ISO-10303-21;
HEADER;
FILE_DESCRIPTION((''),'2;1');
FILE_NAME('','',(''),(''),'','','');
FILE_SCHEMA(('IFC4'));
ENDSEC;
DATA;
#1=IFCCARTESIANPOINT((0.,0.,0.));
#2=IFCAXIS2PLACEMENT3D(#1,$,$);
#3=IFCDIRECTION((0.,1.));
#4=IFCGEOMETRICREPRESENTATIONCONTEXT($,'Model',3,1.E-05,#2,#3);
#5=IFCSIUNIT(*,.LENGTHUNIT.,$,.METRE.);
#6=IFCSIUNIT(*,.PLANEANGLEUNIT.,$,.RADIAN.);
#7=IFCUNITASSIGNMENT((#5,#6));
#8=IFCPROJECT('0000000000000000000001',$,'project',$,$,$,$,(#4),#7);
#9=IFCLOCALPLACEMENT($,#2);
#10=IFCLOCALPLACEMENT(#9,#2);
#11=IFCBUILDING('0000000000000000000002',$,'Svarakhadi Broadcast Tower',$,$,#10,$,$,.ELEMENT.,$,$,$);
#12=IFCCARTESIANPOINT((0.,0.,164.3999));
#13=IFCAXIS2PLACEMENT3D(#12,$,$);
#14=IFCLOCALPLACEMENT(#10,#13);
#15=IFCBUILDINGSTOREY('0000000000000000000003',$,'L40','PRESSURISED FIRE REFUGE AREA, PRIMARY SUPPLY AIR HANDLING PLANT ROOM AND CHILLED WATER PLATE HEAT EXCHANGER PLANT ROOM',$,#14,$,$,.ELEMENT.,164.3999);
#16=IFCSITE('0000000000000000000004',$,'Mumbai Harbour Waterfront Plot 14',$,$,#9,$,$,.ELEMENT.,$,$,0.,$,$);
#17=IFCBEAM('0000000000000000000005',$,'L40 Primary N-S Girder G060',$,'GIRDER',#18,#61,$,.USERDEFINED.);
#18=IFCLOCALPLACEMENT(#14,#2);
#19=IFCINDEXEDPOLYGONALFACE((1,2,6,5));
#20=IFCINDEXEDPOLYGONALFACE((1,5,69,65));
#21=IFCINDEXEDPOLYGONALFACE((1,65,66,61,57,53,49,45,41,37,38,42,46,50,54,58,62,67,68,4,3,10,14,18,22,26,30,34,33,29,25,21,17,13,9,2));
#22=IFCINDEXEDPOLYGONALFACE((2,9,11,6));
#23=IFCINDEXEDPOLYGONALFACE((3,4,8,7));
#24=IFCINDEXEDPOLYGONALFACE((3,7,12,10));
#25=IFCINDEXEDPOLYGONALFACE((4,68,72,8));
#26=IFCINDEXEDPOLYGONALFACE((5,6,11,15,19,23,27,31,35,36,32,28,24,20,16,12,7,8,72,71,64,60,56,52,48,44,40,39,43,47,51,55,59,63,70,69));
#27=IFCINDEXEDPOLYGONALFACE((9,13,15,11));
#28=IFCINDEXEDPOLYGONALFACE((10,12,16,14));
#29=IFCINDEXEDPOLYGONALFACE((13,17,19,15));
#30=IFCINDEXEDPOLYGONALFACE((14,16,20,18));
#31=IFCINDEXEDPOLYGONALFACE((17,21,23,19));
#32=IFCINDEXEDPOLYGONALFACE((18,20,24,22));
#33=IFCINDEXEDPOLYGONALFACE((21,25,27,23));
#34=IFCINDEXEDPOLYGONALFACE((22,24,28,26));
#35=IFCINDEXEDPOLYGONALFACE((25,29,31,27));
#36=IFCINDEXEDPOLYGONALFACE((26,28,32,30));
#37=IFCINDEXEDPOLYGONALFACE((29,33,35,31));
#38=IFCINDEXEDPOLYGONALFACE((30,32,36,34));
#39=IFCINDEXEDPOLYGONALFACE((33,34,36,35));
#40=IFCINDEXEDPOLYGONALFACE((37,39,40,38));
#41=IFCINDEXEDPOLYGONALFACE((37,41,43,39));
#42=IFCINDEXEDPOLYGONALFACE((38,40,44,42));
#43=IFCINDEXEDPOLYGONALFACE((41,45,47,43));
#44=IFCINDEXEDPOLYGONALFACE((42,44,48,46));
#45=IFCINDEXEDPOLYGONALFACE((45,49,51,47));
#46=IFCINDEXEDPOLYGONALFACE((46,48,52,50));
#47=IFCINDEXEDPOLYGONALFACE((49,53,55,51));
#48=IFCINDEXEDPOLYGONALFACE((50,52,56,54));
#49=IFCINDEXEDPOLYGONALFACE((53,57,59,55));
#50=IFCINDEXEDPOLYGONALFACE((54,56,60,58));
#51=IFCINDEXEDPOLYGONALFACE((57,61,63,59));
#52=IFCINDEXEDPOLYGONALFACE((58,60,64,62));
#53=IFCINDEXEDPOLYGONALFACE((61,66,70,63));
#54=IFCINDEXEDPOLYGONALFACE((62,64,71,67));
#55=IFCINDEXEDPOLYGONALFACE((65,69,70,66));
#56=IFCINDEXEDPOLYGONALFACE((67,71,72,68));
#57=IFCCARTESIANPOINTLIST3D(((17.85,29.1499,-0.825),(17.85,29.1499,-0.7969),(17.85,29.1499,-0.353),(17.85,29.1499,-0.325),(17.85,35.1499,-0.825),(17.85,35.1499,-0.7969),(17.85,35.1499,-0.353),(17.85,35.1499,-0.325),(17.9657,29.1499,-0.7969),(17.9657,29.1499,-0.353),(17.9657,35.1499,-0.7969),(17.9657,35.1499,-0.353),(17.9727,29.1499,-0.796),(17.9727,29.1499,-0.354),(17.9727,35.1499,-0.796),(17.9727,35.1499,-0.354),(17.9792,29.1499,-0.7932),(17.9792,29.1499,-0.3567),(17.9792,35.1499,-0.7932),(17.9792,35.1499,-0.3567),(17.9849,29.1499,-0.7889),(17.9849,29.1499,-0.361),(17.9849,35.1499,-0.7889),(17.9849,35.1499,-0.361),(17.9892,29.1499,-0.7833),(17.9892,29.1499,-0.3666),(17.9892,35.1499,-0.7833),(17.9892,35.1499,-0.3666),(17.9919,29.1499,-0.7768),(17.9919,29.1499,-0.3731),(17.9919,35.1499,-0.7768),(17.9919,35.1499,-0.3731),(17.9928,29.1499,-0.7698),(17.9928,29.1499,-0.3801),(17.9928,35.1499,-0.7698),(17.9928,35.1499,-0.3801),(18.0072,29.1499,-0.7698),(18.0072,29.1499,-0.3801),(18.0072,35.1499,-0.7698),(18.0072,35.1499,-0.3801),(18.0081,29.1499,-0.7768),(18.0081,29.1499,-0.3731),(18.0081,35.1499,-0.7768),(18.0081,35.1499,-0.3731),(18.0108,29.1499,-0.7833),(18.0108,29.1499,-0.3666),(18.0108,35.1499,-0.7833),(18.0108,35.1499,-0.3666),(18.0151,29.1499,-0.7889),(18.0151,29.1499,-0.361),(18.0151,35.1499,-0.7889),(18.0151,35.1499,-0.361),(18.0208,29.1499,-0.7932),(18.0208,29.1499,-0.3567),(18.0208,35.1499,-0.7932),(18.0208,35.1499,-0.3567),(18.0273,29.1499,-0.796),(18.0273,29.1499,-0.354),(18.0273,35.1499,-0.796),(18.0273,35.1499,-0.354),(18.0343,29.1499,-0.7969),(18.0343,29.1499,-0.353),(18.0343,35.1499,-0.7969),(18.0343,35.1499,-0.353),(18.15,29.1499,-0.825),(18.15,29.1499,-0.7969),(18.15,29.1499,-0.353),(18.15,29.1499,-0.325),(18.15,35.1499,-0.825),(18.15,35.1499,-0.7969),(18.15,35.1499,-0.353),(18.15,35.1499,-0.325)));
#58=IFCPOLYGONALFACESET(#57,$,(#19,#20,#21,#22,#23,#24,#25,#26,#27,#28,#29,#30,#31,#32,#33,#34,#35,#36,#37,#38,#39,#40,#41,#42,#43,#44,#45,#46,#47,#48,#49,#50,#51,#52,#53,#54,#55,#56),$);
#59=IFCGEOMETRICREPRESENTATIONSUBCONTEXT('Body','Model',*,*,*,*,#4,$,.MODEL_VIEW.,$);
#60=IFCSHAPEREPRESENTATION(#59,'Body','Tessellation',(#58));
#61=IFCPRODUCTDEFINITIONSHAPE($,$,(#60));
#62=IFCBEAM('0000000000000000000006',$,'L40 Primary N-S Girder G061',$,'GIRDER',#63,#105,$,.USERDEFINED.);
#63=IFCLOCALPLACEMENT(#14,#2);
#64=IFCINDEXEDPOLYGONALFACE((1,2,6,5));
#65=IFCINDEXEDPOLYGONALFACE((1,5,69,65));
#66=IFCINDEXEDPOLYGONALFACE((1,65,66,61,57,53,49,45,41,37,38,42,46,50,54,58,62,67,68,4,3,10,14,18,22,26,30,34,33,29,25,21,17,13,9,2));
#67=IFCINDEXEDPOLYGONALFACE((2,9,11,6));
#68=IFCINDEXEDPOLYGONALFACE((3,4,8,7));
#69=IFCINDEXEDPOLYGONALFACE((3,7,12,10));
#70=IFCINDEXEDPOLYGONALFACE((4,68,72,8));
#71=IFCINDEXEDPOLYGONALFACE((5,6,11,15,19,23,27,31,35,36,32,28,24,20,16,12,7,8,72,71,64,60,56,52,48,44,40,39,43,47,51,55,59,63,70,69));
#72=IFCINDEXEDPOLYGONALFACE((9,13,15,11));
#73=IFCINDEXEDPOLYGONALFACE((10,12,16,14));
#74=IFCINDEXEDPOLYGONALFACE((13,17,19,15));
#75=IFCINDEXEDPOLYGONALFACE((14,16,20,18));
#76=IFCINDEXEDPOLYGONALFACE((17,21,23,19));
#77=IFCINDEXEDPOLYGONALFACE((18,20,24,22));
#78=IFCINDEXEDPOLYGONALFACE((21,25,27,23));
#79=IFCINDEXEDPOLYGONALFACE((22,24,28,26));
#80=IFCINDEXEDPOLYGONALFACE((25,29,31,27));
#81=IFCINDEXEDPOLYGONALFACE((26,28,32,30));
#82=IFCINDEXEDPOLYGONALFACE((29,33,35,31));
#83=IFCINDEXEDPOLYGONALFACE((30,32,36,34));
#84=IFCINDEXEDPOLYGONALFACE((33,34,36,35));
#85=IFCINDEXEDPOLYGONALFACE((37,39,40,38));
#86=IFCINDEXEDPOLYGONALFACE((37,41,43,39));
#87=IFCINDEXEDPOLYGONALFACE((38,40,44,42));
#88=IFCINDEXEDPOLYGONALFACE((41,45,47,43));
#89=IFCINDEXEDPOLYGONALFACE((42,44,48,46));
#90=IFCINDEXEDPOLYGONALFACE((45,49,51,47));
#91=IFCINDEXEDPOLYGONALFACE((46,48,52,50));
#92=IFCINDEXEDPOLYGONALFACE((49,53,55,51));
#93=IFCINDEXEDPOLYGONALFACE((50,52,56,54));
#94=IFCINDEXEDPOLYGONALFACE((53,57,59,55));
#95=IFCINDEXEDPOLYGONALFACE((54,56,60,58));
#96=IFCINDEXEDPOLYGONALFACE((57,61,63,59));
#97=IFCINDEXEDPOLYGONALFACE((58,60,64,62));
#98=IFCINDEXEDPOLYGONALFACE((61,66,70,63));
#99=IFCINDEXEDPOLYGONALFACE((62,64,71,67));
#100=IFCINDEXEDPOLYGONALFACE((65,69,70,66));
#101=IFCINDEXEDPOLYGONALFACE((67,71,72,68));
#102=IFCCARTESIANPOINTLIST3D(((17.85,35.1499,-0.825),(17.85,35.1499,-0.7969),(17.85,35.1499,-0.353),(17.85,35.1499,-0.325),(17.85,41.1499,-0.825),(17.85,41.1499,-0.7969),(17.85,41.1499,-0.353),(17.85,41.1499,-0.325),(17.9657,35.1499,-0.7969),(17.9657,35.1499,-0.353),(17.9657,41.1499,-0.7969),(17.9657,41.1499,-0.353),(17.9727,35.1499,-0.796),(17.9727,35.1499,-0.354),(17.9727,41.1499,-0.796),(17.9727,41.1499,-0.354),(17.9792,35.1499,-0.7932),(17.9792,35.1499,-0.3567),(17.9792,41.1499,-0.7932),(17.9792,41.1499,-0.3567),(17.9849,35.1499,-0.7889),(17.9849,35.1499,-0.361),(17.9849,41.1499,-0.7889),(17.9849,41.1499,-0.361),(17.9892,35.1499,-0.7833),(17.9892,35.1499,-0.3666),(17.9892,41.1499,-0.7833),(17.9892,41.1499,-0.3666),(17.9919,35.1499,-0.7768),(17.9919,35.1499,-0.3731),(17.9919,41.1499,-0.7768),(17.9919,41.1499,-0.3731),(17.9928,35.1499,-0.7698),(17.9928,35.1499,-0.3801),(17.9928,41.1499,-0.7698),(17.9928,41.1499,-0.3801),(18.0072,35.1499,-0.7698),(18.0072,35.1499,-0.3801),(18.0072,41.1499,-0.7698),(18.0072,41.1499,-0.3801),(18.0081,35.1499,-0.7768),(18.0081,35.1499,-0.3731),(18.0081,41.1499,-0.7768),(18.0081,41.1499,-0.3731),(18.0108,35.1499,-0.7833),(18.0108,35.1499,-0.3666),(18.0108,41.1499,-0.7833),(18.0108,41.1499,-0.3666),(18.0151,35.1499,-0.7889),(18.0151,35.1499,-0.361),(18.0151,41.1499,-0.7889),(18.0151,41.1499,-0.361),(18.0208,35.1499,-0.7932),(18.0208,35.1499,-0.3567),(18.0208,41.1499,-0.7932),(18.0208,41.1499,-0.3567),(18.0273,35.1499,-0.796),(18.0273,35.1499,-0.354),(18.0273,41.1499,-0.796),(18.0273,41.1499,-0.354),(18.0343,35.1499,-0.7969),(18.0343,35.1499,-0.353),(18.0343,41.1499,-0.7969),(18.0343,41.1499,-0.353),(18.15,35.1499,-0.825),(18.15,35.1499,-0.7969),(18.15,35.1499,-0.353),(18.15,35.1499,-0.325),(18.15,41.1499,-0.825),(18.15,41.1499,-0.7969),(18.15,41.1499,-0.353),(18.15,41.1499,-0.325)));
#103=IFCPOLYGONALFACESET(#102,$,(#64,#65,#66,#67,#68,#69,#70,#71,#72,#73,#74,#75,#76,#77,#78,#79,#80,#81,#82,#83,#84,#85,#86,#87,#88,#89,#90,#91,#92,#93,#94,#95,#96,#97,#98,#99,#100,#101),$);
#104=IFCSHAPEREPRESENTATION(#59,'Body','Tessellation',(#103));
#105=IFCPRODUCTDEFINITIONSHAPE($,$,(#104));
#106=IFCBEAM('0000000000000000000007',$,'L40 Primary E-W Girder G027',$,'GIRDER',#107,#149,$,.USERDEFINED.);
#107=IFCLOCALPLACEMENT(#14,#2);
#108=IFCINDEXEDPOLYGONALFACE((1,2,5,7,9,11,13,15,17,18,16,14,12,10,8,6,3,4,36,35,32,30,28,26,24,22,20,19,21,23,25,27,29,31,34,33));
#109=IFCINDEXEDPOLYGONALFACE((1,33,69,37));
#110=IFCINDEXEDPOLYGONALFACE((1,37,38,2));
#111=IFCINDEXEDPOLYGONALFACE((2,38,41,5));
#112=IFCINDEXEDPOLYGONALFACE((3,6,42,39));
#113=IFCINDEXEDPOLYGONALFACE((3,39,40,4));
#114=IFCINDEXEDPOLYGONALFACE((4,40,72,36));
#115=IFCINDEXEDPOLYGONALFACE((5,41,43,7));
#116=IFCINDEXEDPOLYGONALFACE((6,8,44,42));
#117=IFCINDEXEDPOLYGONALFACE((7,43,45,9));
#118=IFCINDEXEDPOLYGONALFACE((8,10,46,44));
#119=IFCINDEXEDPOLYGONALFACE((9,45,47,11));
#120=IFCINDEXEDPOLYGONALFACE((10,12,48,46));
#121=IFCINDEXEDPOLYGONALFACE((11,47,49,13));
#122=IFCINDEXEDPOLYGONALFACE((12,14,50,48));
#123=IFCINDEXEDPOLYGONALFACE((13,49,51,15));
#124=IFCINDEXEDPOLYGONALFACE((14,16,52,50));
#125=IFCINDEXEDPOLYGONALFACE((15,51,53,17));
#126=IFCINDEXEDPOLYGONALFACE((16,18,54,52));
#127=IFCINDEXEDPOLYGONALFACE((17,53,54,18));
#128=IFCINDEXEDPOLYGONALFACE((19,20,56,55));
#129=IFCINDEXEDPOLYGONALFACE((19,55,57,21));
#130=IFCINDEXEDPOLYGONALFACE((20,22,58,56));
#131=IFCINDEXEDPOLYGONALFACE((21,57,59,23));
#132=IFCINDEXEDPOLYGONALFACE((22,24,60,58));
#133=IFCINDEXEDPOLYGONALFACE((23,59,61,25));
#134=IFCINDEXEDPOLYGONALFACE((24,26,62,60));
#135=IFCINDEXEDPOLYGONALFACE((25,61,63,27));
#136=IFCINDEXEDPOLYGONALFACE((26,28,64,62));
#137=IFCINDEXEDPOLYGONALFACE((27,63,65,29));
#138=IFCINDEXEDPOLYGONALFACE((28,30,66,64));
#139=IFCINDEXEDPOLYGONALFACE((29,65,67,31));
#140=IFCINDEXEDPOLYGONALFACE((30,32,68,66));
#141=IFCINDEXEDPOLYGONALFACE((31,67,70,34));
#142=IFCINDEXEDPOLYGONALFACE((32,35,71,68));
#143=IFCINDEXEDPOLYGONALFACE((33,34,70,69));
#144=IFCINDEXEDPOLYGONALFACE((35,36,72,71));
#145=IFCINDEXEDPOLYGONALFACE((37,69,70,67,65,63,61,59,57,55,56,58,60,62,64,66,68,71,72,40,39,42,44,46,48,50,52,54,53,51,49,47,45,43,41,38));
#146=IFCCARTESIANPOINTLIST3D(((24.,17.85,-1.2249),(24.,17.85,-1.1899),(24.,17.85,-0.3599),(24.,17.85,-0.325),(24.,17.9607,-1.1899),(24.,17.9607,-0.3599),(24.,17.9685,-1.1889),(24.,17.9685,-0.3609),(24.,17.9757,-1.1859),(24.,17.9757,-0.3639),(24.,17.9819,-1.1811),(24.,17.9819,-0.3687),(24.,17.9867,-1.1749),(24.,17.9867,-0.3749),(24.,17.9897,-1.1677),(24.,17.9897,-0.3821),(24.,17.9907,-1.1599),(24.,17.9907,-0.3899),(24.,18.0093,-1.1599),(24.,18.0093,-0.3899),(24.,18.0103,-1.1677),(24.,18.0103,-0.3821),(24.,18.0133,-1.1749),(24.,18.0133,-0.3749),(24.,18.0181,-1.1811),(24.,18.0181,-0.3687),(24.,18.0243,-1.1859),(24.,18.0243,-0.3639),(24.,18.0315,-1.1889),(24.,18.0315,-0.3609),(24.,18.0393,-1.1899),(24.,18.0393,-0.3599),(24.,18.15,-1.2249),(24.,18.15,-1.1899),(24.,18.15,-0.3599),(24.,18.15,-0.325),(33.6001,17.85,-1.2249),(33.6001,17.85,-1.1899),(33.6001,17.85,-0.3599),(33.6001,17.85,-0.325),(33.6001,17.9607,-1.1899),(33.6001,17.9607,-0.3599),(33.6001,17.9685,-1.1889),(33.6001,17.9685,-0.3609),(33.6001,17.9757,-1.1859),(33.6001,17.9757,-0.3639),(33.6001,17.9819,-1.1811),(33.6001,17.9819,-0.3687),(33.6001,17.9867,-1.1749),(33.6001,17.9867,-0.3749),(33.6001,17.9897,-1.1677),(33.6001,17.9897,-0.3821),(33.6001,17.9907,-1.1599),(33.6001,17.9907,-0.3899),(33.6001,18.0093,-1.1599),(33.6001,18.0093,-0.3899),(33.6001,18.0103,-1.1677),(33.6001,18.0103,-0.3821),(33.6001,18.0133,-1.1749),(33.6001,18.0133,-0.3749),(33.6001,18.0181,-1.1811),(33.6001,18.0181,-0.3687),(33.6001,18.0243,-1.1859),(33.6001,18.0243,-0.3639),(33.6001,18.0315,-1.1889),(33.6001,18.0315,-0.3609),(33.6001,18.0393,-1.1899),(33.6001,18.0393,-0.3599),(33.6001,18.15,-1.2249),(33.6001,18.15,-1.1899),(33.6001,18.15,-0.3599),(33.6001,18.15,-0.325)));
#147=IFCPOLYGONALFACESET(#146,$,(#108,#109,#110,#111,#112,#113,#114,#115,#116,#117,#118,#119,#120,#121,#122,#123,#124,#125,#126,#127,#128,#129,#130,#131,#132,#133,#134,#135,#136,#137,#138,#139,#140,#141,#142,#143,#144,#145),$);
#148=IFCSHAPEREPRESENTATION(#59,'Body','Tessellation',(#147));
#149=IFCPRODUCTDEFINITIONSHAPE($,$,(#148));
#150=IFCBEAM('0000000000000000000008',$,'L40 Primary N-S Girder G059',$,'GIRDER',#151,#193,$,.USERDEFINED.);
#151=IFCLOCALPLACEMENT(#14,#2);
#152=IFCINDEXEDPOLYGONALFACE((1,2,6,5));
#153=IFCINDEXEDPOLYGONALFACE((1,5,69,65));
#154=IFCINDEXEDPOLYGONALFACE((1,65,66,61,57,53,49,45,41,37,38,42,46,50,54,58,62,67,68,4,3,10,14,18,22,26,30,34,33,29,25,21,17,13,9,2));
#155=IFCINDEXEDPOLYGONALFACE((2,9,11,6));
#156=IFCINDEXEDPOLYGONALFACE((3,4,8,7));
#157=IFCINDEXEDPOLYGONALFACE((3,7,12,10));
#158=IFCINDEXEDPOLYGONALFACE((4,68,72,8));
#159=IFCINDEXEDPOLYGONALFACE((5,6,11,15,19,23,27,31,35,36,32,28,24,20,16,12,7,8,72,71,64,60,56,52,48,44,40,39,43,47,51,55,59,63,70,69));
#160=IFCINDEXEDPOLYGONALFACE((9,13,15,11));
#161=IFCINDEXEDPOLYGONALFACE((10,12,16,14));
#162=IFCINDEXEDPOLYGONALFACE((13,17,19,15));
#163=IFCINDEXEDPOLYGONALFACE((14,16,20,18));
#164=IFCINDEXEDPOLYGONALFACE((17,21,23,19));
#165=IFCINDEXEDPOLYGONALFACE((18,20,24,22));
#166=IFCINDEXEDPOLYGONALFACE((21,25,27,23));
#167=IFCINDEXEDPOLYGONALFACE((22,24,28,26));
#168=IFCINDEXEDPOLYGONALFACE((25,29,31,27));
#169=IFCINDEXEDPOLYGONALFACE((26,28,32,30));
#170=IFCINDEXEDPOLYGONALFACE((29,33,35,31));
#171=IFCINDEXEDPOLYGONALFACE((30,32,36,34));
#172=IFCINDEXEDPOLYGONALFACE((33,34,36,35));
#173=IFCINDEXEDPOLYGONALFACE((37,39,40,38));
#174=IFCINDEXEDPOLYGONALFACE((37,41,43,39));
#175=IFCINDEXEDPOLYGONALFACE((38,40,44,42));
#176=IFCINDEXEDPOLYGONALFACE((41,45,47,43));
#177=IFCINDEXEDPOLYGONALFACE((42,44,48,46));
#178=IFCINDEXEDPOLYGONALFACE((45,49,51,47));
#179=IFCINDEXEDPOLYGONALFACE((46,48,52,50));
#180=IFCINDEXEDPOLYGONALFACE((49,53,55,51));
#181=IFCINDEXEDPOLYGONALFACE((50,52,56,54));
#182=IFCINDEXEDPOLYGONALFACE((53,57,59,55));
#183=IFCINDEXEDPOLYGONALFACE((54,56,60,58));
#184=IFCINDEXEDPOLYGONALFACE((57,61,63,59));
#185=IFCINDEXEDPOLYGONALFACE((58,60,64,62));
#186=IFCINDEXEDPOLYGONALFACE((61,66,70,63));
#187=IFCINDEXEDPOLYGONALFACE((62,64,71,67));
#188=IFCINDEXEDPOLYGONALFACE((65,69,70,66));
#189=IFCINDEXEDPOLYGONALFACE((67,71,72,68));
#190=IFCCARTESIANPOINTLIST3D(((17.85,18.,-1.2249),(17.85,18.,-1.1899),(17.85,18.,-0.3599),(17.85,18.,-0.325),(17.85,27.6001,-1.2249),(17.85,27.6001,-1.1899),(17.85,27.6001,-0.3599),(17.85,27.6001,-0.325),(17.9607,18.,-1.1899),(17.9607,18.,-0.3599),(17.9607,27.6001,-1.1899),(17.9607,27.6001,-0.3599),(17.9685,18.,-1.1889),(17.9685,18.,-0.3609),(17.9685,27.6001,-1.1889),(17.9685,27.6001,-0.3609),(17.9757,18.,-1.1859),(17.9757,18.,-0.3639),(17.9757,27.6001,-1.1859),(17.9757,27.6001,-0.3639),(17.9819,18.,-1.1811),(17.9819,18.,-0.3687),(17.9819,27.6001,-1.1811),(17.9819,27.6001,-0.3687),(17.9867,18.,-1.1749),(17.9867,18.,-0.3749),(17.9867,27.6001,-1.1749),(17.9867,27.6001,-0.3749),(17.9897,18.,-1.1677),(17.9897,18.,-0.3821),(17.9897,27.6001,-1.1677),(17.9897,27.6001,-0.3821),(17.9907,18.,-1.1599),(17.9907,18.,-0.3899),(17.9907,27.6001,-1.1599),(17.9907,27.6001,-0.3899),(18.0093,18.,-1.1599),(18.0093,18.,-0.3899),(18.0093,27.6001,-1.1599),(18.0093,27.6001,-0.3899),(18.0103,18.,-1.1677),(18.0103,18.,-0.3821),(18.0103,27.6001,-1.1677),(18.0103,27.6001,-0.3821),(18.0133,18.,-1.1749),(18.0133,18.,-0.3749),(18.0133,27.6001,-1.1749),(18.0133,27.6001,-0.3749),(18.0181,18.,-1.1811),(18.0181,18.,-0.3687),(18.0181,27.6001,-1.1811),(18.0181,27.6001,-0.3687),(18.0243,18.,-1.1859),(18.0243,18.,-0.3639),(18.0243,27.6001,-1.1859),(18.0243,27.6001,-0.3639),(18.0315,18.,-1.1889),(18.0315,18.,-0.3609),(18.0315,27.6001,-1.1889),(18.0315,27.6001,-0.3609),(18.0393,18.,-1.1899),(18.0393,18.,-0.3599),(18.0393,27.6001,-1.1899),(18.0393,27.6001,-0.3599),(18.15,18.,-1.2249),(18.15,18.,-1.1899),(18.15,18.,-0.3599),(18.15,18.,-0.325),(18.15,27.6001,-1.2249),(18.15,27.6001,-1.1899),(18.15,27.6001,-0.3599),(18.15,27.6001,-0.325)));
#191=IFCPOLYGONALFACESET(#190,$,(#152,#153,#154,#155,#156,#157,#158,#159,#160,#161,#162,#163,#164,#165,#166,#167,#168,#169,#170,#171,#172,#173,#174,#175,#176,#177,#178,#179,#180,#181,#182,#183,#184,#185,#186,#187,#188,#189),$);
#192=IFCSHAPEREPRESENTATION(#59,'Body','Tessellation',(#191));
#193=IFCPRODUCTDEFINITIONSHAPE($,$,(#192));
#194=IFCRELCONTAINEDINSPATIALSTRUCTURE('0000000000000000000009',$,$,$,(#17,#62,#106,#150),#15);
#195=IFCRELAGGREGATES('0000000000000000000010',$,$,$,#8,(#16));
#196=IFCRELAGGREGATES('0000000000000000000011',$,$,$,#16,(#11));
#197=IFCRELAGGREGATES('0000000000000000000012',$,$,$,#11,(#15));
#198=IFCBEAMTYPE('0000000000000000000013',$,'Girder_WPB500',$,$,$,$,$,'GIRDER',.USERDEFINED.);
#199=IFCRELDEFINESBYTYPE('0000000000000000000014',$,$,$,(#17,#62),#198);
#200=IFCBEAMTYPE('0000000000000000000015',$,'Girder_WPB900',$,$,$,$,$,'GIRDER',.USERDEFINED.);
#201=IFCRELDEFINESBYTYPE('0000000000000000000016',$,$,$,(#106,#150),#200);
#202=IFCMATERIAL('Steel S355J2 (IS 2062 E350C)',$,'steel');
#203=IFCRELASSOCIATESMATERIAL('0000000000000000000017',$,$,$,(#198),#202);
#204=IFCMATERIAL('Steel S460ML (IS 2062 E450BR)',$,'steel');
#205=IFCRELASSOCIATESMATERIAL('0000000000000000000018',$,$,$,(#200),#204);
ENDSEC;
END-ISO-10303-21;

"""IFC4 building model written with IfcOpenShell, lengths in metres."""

from ifc_helpers import new_model, si_unit, direction, frame, origin, origin_2d, place, context, subcontext, project, spatial, i_section, extrude, material, material_profile, profile_set, type_object, element, save


model = new_model("IFC4")

# Units and contexts
model_context = context("Model", 3, precision=1e-05, world=origin(), true_north=direction((0.0, 1.0)))
body_context = subcontext(model_context, "Body", "Model", "MODEL_VIEW")
ifc_project = project(units=[si_unit("LENGTHUNIT", "METRE"), si_unit("PLANEANGLEUNIT", "RADIAN")], contexts=[model_context])

# Site, building, storey
site_placement = place(None, origin())
site = spatial("IfcSite", under=ifc_project, at=site_placement, Name="Mumbai Harbour Waterfront Plot 14", CompositionType="ELEMENT", RefElevation=0.0)
building_placement = place(site_placement, origin())
building = spatial("IfcBuilding", under=site, at=building_placement, Name="Svarakhadi Broadcast Tower", CompositionType="ELEMENT")
storey_placement = place(building_placement, frame((0.0, 0.0, 164.3999)))
storey = spatial("IfcBuildingStorey", under=building, at=storey_placement, Name="L40", Description="PRESSURISED FIRE REFUGE AREA, PRIMARY SUPPLY AIR HANDLING PLANT ROOM AND CHILLED WATER PLATE HEAT EXCHANGER PLANT ROOM", CompositionType="ELEMENT", Elevation=164.3999)

# Shared definitions
ifc_material_1 = material(Name="Steel S460ML (IS 2062 E450BR)", Category="steel")

# Beams
ifc_material_2 = material(Name="Steel S355J2 (IS 2062 E350C)", Category="steel")
ifc_material_profile_1 = material_profile(ifc_material_2, i_section(OverallWidth=0.3, OverallDepth=0.5, WebThickness=0.0144, FlangeThickness=0.0281, FilletRadius=0.0271, at=origin_2d()), Name="WPB 500x300x187")
ifc_profile_set_1 = profile_set([ifc_material_profile_1], Name="Steel S355J2 (IS 2062 E350C)")
beam_type_1 = type_object("IfcBeamType", Name="Girder_WPB500", ElementType="GIRDER", PredefinedType="USERDEFINED", material=ifc_profile_set_1)
for number, where, z_axis, x_axis, name in (
    (1, (18.0, 29.1499, -0.575), (0.0, 1.0, 0.0), (-1.0, 0.0, 0.0), "L40 Primary N-S Girder G060"),
    (2, (18.0, 35.1499, -0.575), (0.0, 1.0, 0.0), (-1.0, 0.0, 0.0), "L40 Primary N-S Girder G061"),
):
    element("IfcBeam", number, at=place(storey_placement, frame(where, z_axis=z_axis, x_axis=x_axis)), inside=storey, type_object=beam_type_1, Name=name, ObjectType="GIRDER", PredefinedType="USERDEFINED", context=body_context, shape_type="SweptSolid", body=[
        extrude(i_section(OverallWidth=0.3, OverallDepth=0.5, WebThickness=0.0144, FlangeThickness=0.0281, FilletRadius=0.0271, at=origin_2d()), origin(), (0.0, 0.0, 1.0), 6.0),
    ])
ifc_material_profile_2 = material_profile(ifc_material_1, i_section(OverallWidth=0.3, OverallDepth=0.8999, WebThickness=0.0186, FlangeThickness=0.0349, FilletRadius=0.03, at=origin_2d()), Name="WPB 900x300x291")
ifc_profile_set_2 = profile_set([ifc_material_profile_2], Name="Steel S460ML (IS 2062 E450BR)")
beam_type_2 = type_object("IfcBeamType", Name="Girder_WPB900", ElementType="GIRDER", PredefinedType="USERDEFINED", material=ifc_profile_set_2)
for number, where, z_axis, x_axis, name in (
    (3, (24.0, 18.0, -0.7749), (1.0, 0.0, 0.0), (0.0, 1.0, 0.0), "L40 Primary E-W Girder G027"),
    (4, (18.0, 18.0, -0.7749), (0.0, 1.0, 0.0), (-1.0, 0.0, 0.0), "L40 Primary N-S Girder G059"),
):
    element("IfcBeam", number, at=place(storey_placement, frame(where, z_axis=z_axis, x_axis=x_axis)), inside=storey, type_object=beam_type_2, Name=name, ObjectType="GIRDER", PredefinedType="USERDEFINED", context=body_context, shape_type="SweptSolid", body=[
        extrude(i_section(OverallWidth=0.3, OverallDepth=0.8999, WebThickness=0.0186, FlangeThickness=0.0349, FilletRadius=0.03, at=origin_2d()), origin(), (0.0, 0.0, 1.0), 9.6001),
    ])

save(model, "model.ifc")
